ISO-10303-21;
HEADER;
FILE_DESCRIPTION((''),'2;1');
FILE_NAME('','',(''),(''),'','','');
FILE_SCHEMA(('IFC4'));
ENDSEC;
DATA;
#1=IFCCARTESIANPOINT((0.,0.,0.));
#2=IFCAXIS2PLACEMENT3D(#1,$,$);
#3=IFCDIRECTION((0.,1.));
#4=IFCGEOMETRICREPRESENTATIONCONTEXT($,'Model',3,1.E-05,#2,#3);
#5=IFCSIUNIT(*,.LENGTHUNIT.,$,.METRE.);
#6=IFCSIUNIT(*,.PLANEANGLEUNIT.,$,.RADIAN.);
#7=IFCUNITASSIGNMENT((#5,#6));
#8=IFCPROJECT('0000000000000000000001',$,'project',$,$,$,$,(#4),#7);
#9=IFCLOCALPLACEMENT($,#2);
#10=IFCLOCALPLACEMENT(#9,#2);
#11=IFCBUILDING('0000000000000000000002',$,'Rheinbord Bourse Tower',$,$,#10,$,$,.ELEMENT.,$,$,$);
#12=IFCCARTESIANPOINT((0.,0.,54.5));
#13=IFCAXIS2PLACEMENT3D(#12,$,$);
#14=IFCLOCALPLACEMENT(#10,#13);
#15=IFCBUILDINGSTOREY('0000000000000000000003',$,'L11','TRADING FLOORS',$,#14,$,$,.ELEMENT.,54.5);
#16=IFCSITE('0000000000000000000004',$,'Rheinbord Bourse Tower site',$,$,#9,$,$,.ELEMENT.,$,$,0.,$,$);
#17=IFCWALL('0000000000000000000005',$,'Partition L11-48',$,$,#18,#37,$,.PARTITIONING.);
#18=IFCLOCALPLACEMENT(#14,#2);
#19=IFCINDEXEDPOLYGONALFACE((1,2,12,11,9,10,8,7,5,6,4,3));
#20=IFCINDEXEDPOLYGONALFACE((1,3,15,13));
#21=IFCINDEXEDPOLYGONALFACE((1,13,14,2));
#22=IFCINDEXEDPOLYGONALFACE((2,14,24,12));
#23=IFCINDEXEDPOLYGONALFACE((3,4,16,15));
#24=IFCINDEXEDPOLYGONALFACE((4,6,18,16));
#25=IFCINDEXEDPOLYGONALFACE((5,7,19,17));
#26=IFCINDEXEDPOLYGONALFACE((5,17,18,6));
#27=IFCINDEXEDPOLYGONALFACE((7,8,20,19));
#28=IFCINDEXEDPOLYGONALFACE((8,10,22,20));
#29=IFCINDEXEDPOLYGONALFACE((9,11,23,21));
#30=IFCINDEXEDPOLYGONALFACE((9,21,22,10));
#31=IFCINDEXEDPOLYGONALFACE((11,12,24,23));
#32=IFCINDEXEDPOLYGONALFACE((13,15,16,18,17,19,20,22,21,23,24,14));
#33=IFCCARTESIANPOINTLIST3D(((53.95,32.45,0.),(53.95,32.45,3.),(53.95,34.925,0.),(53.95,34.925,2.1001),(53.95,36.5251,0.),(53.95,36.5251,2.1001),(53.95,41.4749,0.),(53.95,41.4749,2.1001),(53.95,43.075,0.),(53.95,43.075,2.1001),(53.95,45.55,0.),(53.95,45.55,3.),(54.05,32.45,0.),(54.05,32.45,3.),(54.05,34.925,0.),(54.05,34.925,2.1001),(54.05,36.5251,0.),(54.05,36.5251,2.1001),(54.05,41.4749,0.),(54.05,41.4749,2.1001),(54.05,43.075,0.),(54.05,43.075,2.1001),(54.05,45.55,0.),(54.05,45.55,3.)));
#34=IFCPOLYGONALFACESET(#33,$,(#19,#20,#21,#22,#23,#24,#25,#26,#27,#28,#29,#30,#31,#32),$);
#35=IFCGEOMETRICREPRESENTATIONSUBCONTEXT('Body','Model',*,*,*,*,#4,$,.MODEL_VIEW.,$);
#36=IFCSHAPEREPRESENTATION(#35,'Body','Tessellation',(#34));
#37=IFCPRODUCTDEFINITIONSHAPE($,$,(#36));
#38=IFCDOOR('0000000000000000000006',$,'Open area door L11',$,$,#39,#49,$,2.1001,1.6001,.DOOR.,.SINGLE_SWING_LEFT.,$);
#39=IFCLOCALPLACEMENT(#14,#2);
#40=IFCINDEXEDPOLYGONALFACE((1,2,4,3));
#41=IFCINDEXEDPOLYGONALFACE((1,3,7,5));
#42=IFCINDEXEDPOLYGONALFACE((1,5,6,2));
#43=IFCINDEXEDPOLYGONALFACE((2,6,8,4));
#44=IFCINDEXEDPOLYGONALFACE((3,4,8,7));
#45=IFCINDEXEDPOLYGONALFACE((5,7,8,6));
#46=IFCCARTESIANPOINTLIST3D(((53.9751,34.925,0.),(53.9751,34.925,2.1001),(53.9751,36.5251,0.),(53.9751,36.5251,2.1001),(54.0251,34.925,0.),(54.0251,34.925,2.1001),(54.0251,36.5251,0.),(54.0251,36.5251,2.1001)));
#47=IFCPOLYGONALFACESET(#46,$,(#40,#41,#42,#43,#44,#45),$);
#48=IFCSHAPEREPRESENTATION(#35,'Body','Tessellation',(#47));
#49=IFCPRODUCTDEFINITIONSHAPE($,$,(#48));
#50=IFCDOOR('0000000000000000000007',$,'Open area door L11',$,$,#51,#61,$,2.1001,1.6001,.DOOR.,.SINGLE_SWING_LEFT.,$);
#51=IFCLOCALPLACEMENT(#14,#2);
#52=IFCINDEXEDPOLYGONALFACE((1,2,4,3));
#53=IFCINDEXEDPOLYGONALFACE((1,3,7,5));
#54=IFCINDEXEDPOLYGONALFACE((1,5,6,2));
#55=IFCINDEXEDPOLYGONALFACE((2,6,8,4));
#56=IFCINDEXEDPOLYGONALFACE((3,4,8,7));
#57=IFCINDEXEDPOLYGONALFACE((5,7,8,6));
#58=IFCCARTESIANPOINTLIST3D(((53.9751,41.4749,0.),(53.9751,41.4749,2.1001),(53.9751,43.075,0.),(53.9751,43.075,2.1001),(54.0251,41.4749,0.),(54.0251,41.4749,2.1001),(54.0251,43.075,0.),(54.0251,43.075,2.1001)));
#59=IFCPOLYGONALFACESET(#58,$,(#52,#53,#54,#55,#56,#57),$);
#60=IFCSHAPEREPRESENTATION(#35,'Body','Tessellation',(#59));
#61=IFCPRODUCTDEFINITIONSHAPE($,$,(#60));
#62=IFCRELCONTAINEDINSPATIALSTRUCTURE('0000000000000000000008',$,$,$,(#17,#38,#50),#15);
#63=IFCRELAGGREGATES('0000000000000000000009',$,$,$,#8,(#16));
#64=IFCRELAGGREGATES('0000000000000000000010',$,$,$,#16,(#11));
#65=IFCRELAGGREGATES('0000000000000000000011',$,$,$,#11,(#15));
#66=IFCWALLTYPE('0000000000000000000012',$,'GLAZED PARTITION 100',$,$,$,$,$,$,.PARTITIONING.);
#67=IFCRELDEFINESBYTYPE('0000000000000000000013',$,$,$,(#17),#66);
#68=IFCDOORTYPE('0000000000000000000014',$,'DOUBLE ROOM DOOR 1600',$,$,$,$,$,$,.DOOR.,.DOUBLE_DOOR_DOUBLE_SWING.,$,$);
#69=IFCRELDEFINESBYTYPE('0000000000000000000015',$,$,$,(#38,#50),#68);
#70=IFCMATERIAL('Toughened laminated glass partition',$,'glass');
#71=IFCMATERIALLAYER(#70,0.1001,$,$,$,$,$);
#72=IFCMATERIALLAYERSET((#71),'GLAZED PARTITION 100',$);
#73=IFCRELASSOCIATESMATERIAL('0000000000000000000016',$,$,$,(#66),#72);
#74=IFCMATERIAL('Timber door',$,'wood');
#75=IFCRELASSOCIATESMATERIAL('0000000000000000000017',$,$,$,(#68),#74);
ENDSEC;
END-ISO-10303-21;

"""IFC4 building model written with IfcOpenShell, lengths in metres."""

from ifc_helpers import new_model, si_unit, direction, frame, frame_2d, origin, place, context, subcontext, project, spatial, rectangle, extrude, material, layer, layer_set, type_object, element, fill, save


model = new_model("IFC4")

# Units and contexts
model_context = context("Model", 3, precision=1e-05, world=origin(), true_north=direction((0.0, 1.0)))
body_context = subcontext(model_context, "Body", "Model", "MODEL_VIEW")
ifc_project = project(units=[si_unit("LENGTHUNIT", "METRE"), si_unit("PLANEANGLEUNIT", "RADIAN")], contexts=[model_context])

# Site, building, storey
site_placement = place(None, origin())
site = spatial("IfcSite", under=ifc_project, at=site_placement, Name="Rheinbord Bourse Tower site", CompositionType="ELEMENT", RefElevation=0.0)
building_placement = place(site_placement, origin())
building = spatial("IfcBuilding", under=site, at=building_placement, Name="Rheinbord Bourse Tower", CompositionType="ELEMENT")
storey_placement = place(building_placement, frame((0.0, 0.0, 54.5)))
storey = spatial("IfcBuildingStorey", under=building, at=storey_placement, Name="L11", Description="TRADING FLOORS", CompositionType="ELEMENT", Elevation=54.5)

# Shared definitions
ifc_material_1 = material(Name="Toughened laminated glass partition", Category="glass")
ifc_layer_1 = layer(ifc_material_1, 0.1001)
ifc_layer_set_1 = layer_set([ifc_layer_1], Name="GLAZED PARTITION 100")
wall_type = type_object("IfcWallType", Name="GLAZED PARTITION 100", PredefinedType="PARTITIONING", material=ifc_layer_set_1)

# Wall, openings, doors
wall_placement = place(storey_placement, frame((54.0, 32.45, 0.0), z_axis=(0.0, 0.0, 1.0), x_axis=(0.0, 1.0, 0.0)))
wall = element("IfcWall", 1, at=wall_placement, inside=storey, type_object=wall_type, Name="Partition L11-48", PredefinedType="PARTITIONING", context=body_context, shape_type="SweptSolid", body=[
    extrude(rectangle(XDim=13.1001, YDim=0.1001, at=frame_2d((6.55, 0.0))), origin(), (0.0, 0.0, 1.0), 3.0),
])
opening_1_placement = place(wall_placement, frame((2.4751, 0.0, 0.0)))
opening_1 = element("IfcOpeningElement", 2, at=opening_1_placement, cuts=wall, PredefinedType="OPENING", context=body_context, shape_type="SweptSolid", body=[
    extrude(rectangle(XDim=1.6001, YDim=2.1001, at=frame_2d((0.8, 1.05))), frame((0.0, 0.0601, 0.0), z_axis=(0.0, -1.0, 0.0), x_axis=(1.0, 0.0, 0.0)), (0.0, 0.0, 1.0), 0.1201),
])
opening_2_placement = place(wall_placement, frame((9.0249, 0.0, 0.0)))
opening_2 = element("IfcOpeningElement", 3, at=opening_2_placement, cuts=wall, PredefinedType="OPENING", context=body_context, shape_type="SweptSolid", body=[
    extrude(rectangle(XDim=1.6001, YDim=2.1001, at=frame_2d((0.8, 1.05))), frame((0.0, 0.0601, 0.0), z_axis=(0.0, -1.0, 0.0), x_axis=(1.0, 0.0, 0.0)), (0.0, 0.0, 1.0), 0.1201),
])
ifc_material_2 = material(Name="Timber door", Category="wood")
door_type = type_object("IfcDoorType", Name="DOUBLE ROOM DOOR 1600", OperationType="DOUBLE_DOOR_DOUBLE_SWING", PredefinedType="DOOR", material=ifc_material_2)
door_1_placement = place(opening_1_placement, origin())
door_1 = element("IfcDoor", 4, at=door_1_placement, inside=storey, type_object=door_type, Name="Open area door L11", OperationType="SINGLE_SWING_LEFT", OverallHeight=2.1001, OverallWidth=1.6001, PredefinedType="DOOR", context=body_context, shape_type="SweptSolid", body=[
    extrude(rectangle(XDim=1.6001, YDim=2.1001, at=frame_2d((0.8, 1.05))), frame((0.0, 0.0249, 0.0), z_axis=(0.0, -1.0, 0.0), x_axis=(1.0, 0.0, 0.0)), (0.0, 0.0, 1.0), 0.05),
])
fill(opening_1, door_1)
door_2_placement = place(opening_2_placement, origin())
door_2 = element("IfcDoor", 5, at=door_2_placement, inside=storey, type_object=door_type, Name="Open area door L11", OperationType="SINGLE_SWING_LEFT", OverallHeight=2.1001, OverallWidth=1.6001, PredefinedType="DOOR", context=body_context, shape_type="SweptSolid", body=[
    extrude(rectangle(XDim=1.6001, YDim=2.1001, at=frame_2d((0.8, 1.05))), frame((0.0, 0.0249, 0.0), z_axis=(0.0, -1.0, 0.0), x_axis=(1.0, 0.0, 0.0)), (0.0, 0.0, 1.0), 0.05),
])
fill(opening_2, door_2)

save(model, "model.ifc")
